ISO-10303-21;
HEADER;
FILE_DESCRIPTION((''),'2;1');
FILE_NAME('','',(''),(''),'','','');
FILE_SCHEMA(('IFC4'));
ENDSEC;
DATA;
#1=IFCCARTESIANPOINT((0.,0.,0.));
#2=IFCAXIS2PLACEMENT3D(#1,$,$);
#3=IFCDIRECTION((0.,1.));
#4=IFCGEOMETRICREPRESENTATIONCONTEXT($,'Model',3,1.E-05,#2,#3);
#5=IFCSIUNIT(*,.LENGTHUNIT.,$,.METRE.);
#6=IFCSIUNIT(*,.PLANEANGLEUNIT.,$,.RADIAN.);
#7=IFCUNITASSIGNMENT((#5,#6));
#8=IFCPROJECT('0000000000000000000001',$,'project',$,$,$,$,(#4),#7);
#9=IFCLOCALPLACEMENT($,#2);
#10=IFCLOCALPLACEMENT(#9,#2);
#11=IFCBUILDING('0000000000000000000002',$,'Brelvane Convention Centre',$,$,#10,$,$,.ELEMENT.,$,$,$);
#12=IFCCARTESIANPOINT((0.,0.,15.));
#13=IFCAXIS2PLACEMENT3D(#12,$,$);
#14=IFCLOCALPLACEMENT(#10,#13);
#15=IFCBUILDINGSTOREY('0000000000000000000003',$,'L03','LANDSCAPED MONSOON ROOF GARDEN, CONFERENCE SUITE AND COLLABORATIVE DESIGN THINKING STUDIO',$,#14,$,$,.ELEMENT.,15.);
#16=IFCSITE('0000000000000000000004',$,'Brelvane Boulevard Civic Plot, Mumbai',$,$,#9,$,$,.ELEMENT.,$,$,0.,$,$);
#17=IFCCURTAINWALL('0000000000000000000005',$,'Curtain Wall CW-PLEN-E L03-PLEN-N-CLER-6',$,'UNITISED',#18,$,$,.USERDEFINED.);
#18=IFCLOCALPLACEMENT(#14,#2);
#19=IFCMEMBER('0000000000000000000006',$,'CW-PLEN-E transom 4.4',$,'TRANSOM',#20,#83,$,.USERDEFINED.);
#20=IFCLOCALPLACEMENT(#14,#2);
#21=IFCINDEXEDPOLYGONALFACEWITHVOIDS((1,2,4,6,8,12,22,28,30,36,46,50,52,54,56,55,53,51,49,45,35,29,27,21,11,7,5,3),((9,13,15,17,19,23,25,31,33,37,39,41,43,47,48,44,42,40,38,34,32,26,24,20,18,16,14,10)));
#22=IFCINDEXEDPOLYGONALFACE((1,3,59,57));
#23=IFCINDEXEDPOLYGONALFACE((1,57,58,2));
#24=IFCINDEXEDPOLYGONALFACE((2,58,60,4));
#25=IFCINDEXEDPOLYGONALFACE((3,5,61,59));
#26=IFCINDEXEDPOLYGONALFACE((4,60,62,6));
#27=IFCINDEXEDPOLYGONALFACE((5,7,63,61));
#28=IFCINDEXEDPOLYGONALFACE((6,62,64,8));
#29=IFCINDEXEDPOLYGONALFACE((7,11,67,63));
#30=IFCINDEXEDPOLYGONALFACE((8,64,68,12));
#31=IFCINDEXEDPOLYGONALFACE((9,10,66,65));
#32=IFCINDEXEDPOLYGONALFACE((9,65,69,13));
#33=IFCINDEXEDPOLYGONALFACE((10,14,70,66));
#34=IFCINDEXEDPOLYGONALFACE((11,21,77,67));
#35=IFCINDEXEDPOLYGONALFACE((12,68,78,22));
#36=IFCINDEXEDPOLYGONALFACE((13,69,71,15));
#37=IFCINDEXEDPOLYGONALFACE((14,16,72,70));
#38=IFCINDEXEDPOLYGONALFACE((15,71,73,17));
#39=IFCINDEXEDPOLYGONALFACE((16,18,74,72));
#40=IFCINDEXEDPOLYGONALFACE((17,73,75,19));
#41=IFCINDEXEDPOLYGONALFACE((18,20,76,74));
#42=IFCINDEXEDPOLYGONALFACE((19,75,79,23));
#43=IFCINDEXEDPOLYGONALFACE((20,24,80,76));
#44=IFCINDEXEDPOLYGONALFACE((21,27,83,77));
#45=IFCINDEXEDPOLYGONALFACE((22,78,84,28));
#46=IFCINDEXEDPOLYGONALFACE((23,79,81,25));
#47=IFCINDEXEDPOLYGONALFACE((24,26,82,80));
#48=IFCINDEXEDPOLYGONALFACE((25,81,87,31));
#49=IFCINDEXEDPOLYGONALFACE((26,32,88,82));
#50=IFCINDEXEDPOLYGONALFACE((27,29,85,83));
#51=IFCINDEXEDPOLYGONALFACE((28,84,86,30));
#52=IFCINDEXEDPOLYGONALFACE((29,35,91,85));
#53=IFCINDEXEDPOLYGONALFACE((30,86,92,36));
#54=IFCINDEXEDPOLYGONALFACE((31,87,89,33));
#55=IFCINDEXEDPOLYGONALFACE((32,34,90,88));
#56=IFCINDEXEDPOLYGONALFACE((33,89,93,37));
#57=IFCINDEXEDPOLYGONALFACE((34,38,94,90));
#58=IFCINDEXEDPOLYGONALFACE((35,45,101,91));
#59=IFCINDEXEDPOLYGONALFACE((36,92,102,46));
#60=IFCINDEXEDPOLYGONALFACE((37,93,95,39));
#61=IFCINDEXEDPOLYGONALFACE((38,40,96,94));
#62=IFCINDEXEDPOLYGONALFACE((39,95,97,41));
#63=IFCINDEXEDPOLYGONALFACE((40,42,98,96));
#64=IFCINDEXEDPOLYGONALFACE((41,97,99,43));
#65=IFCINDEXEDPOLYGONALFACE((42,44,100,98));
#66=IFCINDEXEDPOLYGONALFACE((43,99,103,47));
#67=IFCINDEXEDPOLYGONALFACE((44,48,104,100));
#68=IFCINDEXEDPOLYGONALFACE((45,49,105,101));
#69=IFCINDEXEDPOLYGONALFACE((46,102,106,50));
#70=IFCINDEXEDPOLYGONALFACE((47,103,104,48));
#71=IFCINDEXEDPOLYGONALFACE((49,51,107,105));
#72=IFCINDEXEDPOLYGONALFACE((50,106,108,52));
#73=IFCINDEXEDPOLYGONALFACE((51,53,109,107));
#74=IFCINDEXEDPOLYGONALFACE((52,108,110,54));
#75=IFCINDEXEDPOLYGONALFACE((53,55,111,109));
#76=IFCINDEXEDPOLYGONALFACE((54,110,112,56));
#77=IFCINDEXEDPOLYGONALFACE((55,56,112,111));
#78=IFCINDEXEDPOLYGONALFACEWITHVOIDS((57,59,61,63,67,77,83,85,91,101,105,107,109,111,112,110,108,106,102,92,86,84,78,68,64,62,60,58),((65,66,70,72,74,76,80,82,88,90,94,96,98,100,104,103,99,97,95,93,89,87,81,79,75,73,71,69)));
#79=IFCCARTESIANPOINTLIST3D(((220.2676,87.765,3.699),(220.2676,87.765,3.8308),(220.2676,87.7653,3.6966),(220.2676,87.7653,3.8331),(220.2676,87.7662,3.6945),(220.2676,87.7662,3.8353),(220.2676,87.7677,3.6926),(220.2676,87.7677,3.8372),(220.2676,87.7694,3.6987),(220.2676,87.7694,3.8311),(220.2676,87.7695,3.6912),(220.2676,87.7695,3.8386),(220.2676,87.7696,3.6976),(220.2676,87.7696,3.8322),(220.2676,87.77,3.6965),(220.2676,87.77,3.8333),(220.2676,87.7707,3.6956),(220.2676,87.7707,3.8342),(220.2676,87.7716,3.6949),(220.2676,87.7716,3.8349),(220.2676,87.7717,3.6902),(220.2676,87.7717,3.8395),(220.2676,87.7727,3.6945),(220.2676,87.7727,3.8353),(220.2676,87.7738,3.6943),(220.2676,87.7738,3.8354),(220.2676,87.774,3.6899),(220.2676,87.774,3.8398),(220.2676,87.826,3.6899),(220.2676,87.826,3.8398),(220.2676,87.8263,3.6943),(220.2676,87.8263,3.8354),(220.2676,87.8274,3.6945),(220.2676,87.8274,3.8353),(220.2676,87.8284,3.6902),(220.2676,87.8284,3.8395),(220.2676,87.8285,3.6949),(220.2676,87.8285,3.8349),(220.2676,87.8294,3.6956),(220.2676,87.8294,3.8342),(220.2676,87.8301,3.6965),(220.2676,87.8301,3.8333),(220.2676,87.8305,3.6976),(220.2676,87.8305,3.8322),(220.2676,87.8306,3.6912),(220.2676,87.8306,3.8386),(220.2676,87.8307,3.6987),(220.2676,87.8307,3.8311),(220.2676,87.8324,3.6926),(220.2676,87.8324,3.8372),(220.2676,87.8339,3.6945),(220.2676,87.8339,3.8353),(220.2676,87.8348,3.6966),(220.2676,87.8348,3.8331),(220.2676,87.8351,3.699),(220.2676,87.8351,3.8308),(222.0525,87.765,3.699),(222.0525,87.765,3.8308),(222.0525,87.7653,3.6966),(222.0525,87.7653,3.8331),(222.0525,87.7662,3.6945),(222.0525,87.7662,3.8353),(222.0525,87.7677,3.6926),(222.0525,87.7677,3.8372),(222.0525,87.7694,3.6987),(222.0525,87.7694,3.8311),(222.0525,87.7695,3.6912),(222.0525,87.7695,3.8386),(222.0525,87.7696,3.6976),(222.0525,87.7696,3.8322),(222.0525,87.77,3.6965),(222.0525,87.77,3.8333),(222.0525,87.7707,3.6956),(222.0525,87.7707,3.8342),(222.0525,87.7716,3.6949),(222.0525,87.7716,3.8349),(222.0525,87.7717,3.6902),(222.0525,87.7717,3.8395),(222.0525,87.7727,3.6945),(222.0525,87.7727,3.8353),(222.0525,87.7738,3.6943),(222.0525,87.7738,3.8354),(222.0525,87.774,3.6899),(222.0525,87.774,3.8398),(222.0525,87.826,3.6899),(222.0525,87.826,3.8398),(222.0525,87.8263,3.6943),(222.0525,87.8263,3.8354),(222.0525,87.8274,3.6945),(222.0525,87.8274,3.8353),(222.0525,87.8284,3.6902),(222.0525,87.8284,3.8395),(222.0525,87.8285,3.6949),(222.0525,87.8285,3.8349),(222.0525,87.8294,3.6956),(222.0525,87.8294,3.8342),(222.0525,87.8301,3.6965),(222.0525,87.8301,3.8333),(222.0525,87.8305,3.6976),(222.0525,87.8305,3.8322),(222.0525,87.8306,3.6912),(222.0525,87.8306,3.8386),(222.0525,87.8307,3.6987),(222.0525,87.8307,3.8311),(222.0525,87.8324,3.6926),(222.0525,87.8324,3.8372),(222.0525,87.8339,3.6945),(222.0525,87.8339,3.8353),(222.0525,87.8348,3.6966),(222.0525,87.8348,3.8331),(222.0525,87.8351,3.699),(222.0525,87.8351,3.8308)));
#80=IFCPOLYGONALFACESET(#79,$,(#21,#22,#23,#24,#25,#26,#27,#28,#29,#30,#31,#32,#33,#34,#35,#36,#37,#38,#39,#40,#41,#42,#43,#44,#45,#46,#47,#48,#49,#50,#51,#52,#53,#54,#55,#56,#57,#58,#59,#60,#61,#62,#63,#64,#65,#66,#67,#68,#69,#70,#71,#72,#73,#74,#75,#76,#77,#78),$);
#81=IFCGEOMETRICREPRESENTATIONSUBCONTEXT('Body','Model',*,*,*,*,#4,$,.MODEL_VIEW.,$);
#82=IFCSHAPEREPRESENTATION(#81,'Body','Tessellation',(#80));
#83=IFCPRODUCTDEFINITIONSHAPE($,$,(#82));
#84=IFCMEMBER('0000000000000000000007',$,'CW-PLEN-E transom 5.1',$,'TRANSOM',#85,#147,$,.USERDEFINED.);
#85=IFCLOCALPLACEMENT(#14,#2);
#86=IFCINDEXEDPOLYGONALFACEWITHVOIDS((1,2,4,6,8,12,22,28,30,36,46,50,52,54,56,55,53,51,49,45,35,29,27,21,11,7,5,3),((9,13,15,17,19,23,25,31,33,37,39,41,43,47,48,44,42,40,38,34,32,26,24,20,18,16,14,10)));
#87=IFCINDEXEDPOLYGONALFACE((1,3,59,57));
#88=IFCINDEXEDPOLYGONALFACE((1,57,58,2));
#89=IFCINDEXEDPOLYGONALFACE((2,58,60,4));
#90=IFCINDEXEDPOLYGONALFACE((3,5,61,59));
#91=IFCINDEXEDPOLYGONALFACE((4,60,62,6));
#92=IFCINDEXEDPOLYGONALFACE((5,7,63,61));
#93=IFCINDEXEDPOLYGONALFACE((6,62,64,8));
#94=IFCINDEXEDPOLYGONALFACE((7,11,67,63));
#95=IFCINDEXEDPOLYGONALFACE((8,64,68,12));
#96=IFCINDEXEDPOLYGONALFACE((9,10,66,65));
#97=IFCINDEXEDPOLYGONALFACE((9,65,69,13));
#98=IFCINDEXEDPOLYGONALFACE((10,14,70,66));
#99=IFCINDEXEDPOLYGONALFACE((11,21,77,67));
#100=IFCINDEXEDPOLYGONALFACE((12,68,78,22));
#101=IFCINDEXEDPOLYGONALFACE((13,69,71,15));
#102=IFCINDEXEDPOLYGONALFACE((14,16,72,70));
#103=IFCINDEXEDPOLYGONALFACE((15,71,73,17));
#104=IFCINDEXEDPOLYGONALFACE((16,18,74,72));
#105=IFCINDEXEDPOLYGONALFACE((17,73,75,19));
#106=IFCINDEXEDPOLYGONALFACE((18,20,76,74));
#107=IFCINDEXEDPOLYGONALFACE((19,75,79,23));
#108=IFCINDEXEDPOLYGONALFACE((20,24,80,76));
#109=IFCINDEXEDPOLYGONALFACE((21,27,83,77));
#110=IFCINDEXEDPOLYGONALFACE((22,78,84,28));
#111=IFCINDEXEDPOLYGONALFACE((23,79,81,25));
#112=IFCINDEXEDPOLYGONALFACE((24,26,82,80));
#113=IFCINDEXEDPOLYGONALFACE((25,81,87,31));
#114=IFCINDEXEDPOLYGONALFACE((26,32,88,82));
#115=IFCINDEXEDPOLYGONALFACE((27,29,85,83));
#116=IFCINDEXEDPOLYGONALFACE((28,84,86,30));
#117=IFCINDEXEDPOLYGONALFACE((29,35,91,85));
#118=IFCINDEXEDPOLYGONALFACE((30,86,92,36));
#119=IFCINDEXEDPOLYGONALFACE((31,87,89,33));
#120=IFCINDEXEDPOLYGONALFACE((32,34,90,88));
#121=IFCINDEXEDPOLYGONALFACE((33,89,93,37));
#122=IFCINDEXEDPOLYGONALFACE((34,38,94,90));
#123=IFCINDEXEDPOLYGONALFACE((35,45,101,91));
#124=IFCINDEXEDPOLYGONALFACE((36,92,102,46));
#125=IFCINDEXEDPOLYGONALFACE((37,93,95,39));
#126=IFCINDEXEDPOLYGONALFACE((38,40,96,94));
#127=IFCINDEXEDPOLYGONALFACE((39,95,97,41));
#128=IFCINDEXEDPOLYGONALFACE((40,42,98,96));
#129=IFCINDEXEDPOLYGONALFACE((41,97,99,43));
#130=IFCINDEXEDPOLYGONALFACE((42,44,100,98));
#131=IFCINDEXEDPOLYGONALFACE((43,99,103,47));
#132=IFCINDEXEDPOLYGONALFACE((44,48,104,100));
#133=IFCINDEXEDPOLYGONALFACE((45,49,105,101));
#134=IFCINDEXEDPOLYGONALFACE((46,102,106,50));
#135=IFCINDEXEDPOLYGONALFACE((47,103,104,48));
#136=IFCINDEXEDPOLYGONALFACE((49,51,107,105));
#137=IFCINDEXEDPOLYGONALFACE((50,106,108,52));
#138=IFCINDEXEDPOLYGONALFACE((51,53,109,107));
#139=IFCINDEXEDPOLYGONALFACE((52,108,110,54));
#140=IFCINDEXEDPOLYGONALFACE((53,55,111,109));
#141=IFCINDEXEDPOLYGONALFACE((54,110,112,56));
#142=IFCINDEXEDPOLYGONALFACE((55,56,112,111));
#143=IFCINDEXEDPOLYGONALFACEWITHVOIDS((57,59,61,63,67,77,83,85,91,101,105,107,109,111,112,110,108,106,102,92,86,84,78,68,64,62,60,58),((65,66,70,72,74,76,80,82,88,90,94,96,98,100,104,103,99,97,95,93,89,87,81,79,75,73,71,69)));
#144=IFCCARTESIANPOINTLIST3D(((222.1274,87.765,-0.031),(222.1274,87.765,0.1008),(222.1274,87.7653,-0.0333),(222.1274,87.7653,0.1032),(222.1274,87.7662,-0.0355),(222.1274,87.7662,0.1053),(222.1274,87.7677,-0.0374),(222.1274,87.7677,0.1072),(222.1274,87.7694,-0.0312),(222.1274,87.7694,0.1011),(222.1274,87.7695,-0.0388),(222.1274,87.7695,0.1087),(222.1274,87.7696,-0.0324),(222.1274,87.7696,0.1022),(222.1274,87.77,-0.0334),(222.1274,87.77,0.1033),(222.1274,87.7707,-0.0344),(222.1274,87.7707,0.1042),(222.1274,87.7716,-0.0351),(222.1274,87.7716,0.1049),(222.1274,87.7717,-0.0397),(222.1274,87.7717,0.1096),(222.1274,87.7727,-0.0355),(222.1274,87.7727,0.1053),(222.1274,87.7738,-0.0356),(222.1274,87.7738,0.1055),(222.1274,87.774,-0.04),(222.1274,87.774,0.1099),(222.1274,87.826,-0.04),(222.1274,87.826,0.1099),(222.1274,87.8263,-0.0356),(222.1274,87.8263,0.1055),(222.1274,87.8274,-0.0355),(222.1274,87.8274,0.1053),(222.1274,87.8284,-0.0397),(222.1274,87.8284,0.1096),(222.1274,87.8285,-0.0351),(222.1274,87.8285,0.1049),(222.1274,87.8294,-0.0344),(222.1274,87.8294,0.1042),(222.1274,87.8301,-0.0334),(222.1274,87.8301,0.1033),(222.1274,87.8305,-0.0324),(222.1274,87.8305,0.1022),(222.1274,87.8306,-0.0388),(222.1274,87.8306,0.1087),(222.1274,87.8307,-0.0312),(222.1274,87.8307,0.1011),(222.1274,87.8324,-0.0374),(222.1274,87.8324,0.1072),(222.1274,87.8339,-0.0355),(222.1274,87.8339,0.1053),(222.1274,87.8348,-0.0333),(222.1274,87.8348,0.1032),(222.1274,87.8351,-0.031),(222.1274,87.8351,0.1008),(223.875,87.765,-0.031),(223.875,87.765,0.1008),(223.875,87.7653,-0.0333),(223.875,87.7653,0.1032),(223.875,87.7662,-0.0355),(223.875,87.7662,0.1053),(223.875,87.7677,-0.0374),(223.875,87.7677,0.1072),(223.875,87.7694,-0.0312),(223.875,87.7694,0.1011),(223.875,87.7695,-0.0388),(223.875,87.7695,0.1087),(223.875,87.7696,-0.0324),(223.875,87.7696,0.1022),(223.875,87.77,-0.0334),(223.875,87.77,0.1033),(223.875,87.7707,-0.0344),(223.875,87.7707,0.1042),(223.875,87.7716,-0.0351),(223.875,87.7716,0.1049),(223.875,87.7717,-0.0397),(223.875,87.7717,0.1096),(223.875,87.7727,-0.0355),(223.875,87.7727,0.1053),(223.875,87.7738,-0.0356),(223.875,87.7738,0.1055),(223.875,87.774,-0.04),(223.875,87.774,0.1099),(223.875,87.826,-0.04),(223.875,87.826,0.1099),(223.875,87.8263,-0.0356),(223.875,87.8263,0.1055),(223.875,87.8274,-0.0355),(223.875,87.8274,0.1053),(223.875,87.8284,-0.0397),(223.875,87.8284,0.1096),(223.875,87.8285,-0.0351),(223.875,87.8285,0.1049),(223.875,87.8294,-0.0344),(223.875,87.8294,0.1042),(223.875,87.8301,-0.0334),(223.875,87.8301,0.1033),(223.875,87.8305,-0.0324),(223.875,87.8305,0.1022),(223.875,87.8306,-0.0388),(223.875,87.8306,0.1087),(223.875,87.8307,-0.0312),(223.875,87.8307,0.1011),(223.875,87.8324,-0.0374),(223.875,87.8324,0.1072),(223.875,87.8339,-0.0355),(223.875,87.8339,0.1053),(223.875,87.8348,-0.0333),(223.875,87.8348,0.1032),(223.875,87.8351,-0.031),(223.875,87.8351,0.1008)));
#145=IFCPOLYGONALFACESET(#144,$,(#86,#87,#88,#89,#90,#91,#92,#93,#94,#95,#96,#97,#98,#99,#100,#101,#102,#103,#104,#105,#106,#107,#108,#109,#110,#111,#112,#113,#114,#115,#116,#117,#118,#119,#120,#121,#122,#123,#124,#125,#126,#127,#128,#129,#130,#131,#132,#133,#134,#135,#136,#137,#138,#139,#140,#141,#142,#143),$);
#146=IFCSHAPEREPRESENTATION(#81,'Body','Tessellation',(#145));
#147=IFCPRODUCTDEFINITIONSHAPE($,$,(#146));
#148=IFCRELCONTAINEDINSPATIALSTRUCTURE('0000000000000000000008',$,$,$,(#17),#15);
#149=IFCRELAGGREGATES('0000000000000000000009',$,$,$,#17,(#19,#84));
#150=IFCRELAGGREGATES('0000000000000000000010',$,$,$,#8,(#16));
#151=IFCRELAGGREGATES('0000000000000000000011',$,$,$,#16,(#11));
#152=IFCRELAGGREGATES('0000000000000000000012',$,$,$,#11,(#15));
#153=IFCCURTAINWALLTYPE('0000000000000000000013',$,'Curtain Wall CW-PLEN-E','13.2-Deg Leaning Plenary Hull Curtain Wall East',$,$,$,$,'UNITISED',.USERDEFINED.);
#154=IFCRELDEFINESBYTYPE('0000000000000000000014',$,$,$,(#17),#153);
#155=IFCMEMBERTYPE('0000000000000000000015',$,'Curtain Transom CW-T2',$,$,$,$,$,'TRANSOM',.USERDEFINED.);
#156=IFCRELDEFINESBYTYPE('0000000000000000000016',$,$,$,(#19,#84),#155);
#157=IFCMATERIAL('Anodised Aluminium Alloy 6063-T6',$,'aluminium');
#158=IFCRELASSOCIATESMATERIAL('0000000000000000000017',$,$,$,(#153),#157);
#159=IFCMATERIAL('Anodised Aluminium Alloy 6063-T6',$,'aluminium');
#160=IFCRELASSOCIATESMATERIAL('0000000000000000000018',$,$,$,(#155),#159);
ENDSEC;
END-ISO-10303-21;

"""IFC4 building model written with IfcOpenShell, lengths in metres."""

from ifc_helpers import new_model, si_unit, direction, frame, origin, origin_2d, place, context, subcontext, project, spatial, hollow_rectangle, extrude, material, material_profile, profile_set, type_object, element, aggregate, save


model = new_model("IFC4")

# Units and contexts
model_context = context("Model", 3, precision=1e-05, world=origin(), true_north=direction((0.0, 1.0)))
body_context = subcontext(model_context, "Body", "Model", "MODEL_VIEW")
ifc_project = project(units=[si_unit("LENGTHUNIT", "METRE"), si_unit("PLANEANGLEUNIT", "RADIAN")], contexts=[model_context])

# Site, building, storey
site_placement = place(None, origin())
site = spatial("IfcSite", under=ifc_project, at=site_placement, Name="Brelvane Boulevard Civic Plot, Mumbai", CompositionType="ELEMENT", RefElevation=0.0)
building_placement = place(site_placement, origin())
building = spatial("IfcBuilding", under=site, at=building_placement, Name="Brelvane Convention Centre", CompositionType="ELEMENT")
storey_placement = place(building_placement, frame((0.0, 0.0, 15.0)))
storey = spatial("IfcBuildingStorey", under=building, at=storey_placement, Name="L03", Description="LANDSCAPED MONSOON ROOF GARDEN, CONFERENCE SUITE AND COLLABORATIVE DESIGN THINKING STUDIO", CompositionType="ELEMENT", Elevation=15.0)

# Curtain wall, members
ifc_material_1 = material(Name="Anodised Aluminium Alloy 6063-T6", Category="aluminium")
curtain_wall_type = type_object("IfcCurtainWallType", Name="Curtain Wall CW-PLEN-E", Description="13.2-Deg Leaning Plenary Hull Curtain Wall East", ElementType="UNITISED", PredefinedType="USERDEFINED", material=ifc_material_1)
curtain_wall_placement = place(storey_placement, origin())
curtain_wall = element("IfcCurtainWall", 1, at=curtain_wall_placement, inside=storey, type_object=curtain_wall_type, Name="Curtain Wall CW-PLEN-E L03-PLEN-N-CLER-6", ObjectType="UNITISED", PredefinedType="USERDEFINED")
ifc_material_2 = material(Name="Anodised Aluminium Alloy 6063-T6", Category="aluminium")
ifc_material_profile_1 = material_profile(ifc_material_2, hollow_rectangle(XDim=0.0701, YDim=0.1499, WallThickness=0.0044, InnerFilletRadius=0.0044, OuterFilletRadius=0.009, at=origin_2d()), Name="ALU-T 150x70x4.5")
ifc_profile_set_1 = profile_set([ifc_material_profile_1], Name="Anodised Aluminium Alloy 6063-T6")
member_type_1 = type_object("IfcMemberType", Name="Curtain Transom CW-T2", ElementType="TRANSOM", PredefinedType="USERDEFINED", material=ifc_profile_set_1)
member_1_placement = place(storey_placement, frame((220.2676, 87.8, 3.7649), z_axis=(1.0, 0.0, 0.0), x_axis=(0.0, 1.0, 0.0)))
member_1 = element("IfcMember", 2, at=member_1_placement, type_object=member_type_1, Name="CW-PLEN-E transom 4.4", ObjectType="TRANSOM", PredefinedType="USERDEFINED", context=body_context, shape_type="SweptSolid", body=[
    extrude(hollow_rectangle(XDim=0.0701, YDim=0.1499, WallThickness=0.0044, InnerFilletRadius=0.0044, OuterFilletRadius=0.009, at=origin_2d()), origin(), (0.0, 0.0, 1.0), 1.7849),
])
member_2_placement = place(storey_placement, frame((222.1274, 87.8, 0.0349), z_axis=(1.0, 0.0, 0.0), x_axis=(0.0, 1.0, 0.0)))
member_2 = element("IfcMember", 3, at=member_2_placement, type_object=member_type_1, Name="CW-PLEN-E transom 5.1", ObjectType="TRANSOM", PredefinedType="USERDEFINED", context=body_context, shape_type="SweptSolid", body=[
    extrude(hollow_rectangle(XDim=0.0701, YDim=0.1499, WallThickness=0.0044, InnerFilletRadius=0.0044, OuterFilletRadius=0.009, at=origin_2d()), origin(), (0.0, 0.0, 1.0), 1.7476),
])
aggregate(curtain_wall, [member_1, member_2])

save(model, "model.ifc")
